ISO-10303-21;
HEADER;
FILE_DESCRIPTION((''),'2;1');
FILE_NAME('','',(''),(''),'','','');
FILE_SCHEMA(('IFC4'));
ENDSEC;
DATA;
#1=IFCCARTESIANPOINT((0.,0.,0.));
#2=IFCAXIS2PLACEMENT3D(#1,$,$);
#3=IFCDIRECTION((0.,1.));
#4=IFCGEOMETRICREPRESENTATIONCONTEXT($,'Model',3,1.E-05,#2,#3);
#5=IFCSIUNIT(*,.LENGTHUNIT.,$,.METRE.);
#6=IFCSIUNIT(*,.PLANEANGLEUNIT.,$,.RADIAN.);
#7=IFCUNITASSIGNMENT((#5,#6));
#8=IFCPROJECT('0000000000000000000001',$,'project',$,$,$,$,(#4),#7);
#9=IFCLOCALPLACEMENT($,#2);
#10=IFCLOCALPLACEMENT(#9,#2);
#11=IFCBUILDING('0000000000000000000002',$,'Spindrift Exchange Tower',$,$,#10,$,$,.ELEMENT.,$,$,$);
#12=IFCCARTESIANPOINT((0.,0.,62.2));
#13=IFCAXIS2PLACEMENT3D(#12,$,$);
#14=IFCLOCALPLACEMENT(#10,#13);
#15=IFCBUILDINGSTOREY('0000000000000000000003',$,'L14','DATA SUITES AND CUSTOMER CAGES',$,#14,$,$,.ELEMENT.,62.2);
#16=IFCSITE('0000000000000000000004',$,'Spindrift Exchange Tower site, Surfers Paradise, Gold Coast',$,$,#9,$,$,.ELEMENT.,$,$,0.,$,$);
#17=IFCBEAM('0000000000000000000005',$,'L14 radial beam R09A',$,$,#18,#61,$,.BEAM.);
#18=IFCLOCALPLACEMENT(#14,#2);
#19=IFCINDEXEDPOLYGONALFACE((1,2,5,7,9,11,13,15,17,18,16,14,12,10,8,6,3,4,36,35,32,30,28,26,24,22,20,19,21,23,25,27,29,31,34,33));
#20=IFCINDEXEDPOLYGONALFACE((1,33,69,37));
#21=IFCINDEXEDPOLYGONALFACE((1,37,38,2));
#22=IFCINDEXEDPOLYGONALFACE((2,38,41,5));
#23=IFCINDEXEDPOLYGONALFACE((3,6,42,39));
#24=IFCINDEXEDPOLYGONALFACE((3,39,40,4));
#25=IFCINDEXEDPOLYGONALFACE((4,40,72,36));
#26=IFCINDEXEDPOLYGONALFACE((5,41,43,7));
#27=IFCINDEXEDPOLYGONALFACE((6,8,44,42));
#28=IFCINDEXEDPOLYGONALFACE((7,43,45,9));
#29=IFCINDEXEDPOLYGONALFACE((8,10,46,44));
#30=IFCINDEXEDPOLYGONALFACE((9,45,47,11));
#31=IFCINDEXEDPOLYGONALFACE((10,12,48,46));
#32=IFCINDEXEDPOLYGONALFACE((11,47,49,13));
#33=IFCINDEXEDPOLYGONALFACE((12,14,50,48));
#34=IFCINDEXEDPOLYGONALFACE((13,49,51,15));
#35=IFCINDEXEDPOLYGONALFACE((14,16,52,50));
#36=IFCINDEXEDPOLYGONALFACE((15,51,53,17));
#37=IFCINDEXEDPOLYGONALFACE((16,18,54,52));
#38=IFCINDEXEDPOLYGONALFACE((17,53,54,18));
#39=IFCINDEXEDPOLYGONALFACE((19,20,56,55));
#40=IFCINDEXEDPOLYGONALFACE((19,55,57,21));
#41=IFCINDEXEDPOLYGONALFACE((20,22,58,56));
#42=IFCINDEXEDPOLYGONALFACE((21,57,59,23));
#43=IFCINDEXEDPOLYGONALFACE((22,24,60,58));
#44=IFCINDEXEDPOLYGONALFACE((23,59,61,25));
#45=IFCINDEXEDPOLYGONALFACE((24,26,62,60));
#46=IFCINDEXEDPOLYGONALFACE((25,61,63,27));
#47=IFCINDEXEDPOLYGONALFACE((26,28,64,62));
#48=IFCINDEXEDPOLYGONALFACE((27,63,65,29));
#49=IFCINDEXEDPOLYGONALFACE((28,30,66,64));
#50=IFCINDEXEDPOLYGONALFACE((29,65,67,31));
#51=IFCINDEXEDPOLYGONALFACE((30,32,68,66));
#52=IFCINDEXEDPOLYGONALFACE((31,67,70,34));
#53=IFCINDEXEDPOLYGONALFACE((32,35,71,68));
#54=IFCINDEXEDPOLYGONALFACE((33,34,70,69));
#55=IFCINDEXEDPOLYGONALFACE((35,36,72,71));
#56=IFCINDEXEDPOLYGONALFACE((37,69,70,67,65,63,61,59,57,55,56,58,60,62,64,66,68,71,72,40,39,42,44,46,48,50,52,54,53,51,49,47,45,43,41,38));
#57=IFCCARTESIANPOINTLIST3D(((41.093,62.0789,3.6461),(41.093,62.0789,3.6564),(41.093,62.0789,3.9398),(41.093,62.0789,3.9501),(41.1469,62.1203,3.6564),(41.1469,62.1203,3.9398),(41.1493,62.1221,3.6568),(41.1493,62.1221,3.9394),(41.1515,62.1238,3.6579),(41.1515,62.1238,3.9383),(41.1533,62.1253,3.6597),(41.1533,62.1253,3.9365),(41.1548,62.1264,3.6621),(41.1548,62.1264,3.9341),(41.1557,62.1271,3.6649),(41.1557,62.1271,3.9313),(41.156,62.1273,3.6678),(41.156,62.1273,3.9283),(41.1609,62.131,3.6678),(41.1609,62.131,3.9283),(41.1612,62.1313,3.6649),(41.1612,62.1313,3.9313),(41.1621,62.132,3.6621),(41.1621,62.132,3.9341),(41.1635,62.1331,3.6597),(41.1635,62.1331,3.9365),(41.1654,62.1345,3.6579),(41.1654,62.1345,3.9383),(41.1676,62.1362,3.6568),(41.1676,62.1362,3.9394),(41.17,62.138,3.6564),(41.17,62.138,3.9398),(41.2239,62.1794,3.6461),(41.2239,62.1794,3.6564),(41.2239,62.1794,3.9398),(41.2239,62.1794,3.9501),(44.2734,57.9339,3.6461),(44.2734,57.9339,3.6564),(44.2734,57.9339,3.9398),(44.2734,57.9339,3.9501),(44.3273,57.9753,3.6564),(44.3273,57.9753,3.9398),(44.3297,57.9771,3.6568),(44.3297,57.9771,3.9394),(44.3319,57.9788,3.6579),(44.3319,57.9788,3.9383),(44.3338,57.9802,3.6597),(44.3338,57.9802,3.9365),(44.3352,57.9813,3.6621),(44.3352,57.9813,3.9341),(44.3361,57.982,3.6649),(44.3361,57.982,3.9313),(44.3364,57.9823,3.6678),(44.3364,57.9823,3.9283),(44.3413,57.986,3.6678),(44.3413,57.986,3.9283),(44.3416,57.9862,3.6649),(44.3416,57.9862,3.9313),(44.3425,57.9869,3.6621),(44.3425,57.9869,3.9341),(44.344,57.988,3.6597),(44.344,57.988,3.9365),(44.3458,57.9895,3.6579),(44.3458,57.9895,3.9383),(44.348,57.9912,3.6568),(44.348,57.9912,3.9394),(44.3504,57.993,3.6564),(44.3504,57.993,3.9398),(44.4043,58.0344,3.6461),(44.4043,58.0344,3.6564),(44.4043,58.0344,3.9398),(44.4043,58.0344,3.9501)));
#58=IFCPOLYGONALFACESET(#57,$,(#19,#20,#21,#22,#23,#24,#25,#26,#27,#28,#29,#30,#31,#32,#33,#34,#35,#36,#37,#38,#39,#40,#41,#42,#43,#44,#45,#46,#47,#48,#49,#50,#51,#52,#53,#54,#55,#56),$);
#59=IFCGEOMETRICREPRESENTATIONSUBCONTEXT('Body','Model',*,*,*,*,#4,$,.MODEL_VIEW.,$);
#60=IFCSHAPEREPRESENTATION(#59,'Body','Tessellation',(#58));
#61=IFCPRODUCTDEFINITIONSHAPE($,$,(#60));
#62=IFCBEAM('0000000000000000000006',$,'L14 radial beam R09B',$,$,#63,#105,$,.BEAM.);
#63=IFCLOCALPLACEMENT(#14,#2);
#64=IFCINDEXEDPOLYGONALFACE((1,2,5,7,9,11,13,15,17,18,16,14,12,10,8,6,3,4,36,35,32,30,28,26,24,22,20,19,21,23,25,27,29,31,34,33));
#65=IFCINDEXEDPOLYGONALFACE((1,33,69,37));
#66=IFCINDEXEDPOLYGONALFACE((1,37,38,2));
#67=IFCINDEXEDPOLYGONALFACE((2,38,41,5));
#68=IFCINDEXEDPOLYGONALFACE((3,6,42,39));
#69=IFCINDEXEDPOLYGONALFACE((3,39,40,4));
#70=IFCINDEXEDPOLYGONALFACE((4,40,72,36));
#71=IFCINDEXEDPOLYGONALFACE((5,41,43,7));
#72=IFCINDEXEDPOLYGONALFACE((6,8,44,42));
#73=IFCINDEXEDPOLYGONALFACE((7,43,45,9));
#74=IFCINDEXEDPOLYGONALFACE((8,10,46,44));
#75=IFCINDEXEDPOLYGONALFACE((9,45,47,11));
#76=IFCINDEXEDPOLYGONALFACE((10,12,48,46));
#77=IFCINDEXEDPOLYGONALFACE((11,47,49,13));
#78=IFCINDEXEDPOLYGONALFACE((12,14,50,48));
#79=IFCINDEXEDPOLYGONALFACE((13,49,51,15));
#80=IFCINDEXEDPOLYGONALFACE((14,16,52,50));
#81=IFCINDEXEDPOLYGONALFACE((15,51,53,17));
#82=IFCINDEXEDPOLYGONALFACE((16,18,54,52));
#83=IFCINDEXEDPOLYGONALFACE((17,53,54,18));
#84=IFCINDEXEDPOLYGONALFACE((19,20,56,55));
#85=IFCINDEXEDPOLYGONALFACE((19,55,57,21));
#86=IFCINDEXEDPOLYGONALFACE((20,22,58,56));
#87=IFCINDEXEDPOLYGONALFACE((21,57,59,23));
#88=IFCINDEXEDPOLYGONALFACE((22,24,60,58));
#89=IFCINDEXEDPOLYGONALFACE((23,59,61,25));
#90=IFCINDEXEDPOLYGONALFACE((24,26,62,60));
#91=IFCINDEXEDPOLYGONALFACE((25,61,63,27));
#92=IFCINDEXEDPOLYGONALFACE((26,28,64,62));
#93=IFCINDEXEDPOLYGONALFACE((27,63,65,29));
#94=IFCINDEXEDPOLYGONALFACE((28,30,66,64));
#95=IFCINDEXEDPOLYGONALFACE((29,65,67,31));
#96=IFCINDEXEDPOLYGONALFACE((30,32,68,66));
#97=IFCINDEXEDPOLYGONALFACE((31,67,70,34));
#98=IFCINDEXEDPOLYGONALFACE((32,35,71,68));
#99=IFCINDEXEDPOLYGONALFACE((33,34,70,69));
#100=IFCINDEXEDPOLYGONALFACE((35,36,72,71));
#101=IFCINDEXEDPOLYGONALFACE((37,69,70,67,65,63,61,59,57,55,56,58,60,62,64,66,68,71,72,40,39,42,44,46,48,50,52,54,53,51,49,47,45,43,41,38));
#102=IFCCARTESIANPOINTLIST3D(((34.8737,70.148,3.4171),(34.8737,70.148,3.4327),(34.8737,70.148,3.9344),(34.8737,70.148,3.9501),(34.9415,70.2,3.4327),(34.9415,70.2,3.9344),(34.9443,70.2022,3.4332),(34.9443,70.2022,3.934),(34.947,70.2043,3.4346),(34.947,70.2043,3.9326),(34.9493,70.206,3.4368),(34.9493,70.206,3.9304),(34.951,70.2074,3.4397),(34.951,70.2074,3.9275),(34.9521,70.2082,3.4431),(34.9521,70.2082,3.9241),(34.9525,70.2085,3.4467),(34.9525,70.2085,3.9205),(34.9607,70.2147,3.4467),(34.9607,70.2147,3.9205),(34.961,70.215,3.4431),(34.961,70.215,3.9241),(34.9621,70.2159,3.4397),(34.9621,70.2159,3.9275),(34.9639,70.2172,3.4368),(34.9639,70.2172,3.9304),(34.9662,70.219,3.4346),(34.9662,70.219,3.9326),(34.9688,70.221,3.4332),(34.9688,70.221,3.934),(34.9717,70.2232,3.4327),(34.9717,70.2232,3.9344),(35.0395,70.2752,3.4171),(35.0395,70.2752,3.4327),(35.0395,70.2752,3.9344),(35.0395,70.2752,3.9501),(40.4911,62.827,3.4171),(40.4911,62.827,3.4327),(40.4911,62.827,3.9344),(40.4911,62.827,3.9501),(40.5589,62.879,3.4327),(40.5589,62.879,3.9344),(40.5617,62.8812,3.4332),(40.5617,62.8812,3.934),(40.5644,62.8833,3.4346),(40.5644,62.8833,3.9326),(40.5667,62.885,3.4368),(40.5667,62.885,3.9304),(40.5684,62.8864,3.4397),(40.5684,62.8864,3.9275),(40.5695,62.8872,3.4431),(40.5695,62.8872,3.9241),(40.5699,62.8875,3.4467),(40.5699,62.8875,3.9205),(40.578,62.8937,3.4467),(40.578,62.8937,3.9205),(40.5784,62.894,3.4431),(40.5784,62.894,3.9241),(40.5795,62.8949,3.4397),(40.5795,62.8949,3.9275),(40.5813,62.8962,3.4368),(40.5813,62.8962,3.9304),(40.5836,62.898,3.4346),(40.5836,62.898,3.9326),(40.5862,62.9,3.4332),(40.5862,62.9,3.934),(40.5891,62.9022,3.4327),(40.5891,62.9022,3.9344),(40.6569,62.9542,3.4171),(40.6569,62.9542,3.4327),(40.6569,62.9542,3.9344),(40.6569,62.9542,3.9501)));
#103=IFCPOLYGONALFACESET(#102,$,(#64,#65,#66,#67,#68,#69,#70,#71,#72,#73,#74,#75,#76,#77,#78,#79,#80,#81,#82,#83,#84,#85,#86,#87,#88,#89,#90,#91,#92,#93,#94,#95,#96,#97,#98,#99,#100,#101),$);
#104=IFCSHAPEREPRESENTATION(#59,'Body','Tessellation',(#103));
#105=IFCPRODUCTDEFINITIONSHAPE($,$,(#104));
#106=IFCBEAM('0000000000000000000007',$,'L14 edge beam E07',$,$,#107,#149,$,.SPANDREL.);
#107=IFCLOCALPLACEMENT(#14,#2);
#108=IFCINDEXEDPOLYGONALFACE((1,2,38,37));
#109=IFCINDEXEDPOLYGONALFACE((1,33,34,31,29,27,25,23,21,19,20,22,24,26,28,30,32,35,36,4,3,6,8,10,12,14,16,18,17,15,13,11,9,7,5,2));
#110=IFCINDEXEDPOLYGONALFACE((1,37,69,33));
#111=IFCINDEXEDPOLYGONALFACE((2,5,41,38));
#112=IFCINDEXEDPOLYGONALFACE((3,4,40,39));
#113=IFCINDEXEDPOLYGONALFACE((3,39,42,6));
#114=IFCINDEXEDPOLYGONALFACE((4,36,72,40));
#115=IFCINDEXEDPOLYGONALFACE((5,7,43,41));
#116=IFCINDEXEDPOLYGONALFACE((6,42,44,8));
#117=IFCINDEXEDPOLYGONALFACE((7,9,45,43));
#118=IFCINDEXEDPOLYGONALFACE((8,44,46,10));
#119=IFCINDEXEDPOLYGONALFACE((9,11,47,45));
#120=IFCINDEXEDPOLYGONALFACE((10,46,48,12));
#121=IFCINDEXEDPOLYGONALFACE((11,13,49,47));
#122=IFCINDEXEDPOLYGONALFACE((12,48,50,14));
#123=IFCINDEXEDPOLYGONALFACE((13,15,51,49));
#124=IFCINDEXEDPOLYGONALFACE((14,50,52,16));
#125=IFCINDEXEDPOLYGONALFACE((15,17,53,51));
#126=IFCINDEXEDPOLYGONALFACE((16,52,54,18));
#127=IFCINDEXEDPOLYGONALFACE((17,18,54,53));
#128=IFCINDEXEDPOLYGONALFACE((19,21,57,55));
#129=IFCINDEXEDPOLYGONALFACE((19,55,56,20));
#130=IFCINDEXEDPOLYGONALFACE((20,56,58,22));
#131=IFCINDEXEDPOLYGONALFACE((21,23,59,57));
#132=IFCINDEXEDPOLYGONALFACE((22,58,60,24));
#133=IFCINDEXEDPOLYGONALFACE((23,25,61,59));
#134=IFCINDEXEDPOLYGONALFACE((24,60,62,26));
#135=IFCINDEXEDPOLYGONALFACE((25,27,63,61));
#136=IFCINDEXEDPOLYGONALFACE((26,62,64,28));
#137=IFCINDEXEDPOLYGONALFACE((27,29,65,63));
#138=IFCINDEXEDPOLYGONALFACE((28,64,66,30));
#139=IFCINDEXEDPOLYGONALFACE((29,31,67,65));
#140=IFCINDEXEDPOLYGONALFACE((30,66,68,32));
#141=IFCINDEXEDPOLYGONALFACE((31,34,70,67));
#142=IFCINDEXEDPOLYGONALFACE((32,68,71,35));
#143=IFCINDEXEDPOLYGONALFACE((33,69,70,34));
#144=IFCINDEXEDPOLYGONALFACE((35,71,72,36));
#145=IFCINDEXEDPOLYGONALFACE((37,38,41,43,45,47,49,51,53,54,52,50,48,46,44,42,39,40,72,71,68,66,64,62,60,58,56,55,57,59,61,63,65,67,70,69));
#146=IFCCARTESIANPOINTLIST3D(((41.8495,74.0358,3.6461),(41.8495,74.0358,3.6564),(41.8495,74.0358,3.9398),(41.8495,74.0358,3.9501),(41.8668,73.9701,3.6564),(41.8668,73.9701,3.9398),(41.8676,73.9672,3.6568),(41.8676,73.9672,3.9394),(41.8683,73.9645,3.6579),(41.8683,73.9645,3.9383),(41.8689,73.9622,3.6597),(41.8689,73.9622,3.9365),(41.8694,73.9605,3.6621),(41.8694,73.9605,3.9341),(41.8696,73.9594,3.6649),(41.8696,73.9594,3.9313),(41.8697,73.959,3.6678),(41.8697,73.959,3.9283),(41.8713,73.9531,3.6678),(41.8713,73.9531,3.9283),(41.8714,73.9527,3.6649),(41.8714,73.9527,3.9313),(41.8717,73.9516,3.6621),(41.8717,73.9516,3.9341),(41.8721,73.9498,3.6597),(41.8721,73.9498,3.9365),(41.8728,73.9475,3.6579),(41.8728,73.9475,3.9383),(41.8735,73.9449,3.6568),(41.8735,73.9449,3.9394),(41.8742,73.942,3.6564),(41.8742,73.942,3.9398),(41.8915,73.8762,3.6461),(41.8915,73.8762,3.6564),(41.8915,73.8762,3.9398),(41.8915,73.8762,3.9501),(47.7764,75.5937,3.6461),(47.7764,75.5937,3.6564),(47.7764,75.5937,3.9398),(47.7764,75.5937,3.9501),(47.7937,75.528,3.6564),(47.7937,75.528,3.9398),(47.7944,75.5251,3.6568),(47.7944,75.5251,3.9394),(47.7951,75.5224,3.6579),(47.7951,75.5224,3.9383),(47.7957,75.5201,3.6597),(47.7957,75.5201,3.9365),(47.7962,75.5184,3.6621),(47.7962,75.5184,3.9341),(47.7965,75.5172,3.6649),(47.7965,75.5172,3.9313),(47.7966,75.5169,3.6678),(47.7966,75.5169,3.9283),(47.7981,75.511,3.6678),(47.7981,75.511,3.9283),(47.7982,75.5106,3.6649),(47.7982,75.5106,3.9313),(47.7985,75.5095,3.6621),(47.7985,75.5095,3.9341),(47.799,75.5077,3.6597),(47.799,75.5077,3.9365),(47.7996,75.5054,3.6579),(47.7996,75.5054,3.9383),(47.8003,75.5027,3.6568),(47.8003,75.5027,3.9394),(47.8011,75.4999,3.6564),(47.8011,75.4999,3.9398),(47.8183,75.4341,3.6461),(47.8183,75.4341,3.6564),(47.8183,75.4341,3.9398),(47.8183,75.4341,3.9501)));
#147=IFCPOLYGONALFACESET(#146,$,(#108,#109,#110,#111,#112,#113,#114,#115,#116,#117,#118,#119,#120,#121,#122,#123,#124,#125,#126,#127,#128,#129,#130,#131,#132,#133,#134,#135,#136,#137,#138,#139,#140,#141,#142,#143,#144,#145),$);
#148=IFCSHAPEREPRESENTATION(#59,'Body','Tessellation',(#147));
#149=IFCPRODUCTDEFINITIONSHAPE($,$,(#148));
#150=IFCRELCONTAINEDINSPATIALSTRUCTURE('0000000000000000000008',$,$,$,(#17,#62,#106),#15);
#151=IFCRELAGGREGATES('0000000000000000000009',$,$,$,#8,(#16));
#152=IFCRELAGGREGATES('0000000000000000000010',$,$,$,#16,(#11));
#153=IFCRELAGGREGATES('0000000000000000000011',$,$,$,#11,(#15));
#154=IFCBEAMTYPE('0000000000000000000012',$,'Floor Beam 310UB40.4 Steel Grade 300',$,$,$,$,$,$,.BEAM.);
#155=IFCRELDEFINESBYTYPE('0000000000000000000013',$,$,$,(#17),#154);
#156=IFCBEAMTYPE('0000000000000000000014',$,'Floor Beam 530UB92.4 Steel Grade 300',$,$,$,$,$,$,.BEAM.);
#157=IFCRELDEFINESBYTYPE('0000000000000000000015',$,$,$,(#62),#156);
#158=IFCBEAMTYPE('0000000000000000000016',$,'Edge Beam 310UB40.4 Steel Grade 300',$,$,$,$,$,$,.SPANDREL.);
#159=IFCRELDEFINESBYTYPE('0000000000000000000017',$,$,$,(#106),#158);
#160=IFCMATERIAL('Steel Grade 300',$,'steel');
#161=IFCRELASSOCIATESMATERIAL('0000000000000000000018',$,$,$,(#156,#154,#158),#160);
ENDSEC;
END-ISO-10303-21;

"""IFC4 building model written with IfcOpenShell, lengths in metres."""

from ifc_helpers import new_model, si_unit, direction, frame, origin, origin_2d, place, context, subcontext, project, spatial, i_section, extrude, source, transform, mapped, material, material_profile, profile_set, type_object, element, save


model = new_model("IFC4")

# Units and contexts
model_context = context("Model", 3, precision=1e-05, world=origin(), true_north=direction((0.0, 1.0)))
body_context = subcontext(model_context, "Body", "Model", "MODEL_VIEW")
ifc_project = project(units=[si_unit("LENGTHUNIT", "METRE"), si_unit("PLANEANGLEUNIT", "RADIAN")], contexts=[model_context])

# Site, building, storey
site_placement = place(None, origin())
site = spatial("IfcSite", under=ifc_project, at=site_placement, Name="Spindrift Exchange Tower site, Surfers Paradise, Gold Coast", CompositionType="ELEMENT", RefElevation=0.0)
building_placement = place(site_placement, origin())
building = spatial("IfcBuilding", under=site, at=building_placement, Name="Spindrift Exchange Tower", CompositionType="ELEMENT")
storey_placement = place(building_placement, frame((0.0, 0.0, 62.2)))
storey = spatial("IfcBuildingStorey", under=building, at=storey_placement, Name="L14", Description="DATA SUITES AND CUSTOMER CAGES", CompositionType="ELEMENT", Elevation=62.2)

# Beams
ifc_material_1 = material(Name="Steel Grade 300", Category="steel")
ifc_material_profile_1 = material_profile(ifc_material_1, i_section(OverallWidth=0.209, OverallDepth=0.533, WebThickness=0.0103, FlangeThickness=0.0156, FilletRadius=0.0139, at=origin_2d()), Name="530UB92.4")
ifc_profile_set_1 = profile_set([ifc_material_profile_1], Name="Steel Grade 300")
beam_type_1 = type_object("IfcBeamType", Name="Floor Beam 530UB92.4 Steel Grade 300", PredefinedType="BEAM", material=ifc_profile_set_1)
ifc_material_profile_2 = material_profile(ifc_material_1, i_section(OverallWidth=0.165, OverallDepth=0.304, WebThickness=0.0061, FlangeThickness=0.0103, FilletRadius=0.0115, at=origin_2d()), Name="310UB40.4")
ifc_profile_set_2 = profile_set([ifc_material_profile_2], Name="Steel Grade 300")
beam_type_2 = type_object("IfcBeamType", Name="Floor Beam 310UB40.4 Steel Grade 300", PredefinedType="BEAM", material=ifc_profile_set_2)
shared_shape_1 = source(origin(), body_context, "Body", "SweptSolid", [
    extrude(i_section(OverallWidth=0.165, OverallDepth=0.304, WebThickness=0.0061, FlangeThickness=0.0103, FilletRadius=0.0115, at=origin_2d()), origin(), (0.0, 0.0, 1.0), 5.2246),
])
beam_1_placement = place(storey_placement, frame((44.3389, 57.9841, 3.7981), z_axis=(-0.608741, 0.793369, 0.0), x_axis=(-0.793369, -0.608741, 0.0)))
element("IfcBeam", 1, at=beam_1_placement, inside=storey, type_object=beam_type_2, Name="L14 radial beam R09A", PredefinedType="BEAM", context=body_context, shape_type="MappedRepresentation", body=[
    mapped(shared_shape_1, transform((0.0, 0.0, 0.0), scale=1.0)),
])
shared_shape_2 = source(origin(), body_context, "Body", "SweptSolid", [
    extrude(i_section(OverallWidth=0.209, OverallDepth=0.533, WebThickness=0.0103, FlangeThickness=0.0156, FilletRadius=0.0139, at=origin_2d()), origin(), (0.0, 0.0, 1.0), 9.2278),
])
beam_2_placement = place(storey_placement, frame((40.574, 62.8906, 3.6836), z_axis=(-0.608748, 0.793364, 0.0), x_axis=(-0.793364, -0.608748, 0.0)))
element("IfcBeam", 2, at=beam_2_placement, inside=storey, type_object=beam_type_1, Name="L14 radial beam R09B", PredefinedType="BEAM", context=body_context, shape_type="MappedRepresentation", body=[
    mapped(shared_shape_2, transform((0.0, 0.0, 0.0), scale=1.0)),
])
ifc_material_profile_3 = material_profile(ifc_material_1, i_section(OverallWidth=0.165, OverallDepth=0.304, WebThickness=0.0061, FlangeThickness=0.0103, FilletRadius=0.0115, at=origin_2d()), Name="310UB40.4")
ifc_profile_set_3 = profile_set([ifc_material_profile_3], Name="Steel Grade 300")
beam_type_3 = type_object("IfcBeamType", Name="Edge Beam 310UB40.4 Steel Grade 300", PredefinedType="SPANDREL", material=ifc_profile_set_3)
shared_shape_3 = source(origin(), body_context, "Body", "SweptSolid", [
    extrude(i_section(OverallWidth=0.165, OverallDepth=0.304, WebThickness=0.0061, FlangeThickness=0.0103, FilletRadius=0.0115, at=origin_2d()), origin(), (0.0, 0.0, 1.0), 6.1282),
])
beam_3_placement = place(storey_placement, frame((47.7974, 75.5139, 3.7981), z_axis=(-0.967147, -0.254217, 0.0), x_axis=(0.254217, -0.967147, 0.0)))
element("IfcBeam", 3, at=beam_3_placement, inside=storey, type_object=beam_type_3, Name="L14 edge beam E07", PredefinedType="SPANDREL", context=body_context, shape_type="MappedRepresentation", body=[
    mapped(shared_shape_3, transform((0.0, 0.0, 0.0), scale=1.0)),
])

save(model, "model.ifc")
